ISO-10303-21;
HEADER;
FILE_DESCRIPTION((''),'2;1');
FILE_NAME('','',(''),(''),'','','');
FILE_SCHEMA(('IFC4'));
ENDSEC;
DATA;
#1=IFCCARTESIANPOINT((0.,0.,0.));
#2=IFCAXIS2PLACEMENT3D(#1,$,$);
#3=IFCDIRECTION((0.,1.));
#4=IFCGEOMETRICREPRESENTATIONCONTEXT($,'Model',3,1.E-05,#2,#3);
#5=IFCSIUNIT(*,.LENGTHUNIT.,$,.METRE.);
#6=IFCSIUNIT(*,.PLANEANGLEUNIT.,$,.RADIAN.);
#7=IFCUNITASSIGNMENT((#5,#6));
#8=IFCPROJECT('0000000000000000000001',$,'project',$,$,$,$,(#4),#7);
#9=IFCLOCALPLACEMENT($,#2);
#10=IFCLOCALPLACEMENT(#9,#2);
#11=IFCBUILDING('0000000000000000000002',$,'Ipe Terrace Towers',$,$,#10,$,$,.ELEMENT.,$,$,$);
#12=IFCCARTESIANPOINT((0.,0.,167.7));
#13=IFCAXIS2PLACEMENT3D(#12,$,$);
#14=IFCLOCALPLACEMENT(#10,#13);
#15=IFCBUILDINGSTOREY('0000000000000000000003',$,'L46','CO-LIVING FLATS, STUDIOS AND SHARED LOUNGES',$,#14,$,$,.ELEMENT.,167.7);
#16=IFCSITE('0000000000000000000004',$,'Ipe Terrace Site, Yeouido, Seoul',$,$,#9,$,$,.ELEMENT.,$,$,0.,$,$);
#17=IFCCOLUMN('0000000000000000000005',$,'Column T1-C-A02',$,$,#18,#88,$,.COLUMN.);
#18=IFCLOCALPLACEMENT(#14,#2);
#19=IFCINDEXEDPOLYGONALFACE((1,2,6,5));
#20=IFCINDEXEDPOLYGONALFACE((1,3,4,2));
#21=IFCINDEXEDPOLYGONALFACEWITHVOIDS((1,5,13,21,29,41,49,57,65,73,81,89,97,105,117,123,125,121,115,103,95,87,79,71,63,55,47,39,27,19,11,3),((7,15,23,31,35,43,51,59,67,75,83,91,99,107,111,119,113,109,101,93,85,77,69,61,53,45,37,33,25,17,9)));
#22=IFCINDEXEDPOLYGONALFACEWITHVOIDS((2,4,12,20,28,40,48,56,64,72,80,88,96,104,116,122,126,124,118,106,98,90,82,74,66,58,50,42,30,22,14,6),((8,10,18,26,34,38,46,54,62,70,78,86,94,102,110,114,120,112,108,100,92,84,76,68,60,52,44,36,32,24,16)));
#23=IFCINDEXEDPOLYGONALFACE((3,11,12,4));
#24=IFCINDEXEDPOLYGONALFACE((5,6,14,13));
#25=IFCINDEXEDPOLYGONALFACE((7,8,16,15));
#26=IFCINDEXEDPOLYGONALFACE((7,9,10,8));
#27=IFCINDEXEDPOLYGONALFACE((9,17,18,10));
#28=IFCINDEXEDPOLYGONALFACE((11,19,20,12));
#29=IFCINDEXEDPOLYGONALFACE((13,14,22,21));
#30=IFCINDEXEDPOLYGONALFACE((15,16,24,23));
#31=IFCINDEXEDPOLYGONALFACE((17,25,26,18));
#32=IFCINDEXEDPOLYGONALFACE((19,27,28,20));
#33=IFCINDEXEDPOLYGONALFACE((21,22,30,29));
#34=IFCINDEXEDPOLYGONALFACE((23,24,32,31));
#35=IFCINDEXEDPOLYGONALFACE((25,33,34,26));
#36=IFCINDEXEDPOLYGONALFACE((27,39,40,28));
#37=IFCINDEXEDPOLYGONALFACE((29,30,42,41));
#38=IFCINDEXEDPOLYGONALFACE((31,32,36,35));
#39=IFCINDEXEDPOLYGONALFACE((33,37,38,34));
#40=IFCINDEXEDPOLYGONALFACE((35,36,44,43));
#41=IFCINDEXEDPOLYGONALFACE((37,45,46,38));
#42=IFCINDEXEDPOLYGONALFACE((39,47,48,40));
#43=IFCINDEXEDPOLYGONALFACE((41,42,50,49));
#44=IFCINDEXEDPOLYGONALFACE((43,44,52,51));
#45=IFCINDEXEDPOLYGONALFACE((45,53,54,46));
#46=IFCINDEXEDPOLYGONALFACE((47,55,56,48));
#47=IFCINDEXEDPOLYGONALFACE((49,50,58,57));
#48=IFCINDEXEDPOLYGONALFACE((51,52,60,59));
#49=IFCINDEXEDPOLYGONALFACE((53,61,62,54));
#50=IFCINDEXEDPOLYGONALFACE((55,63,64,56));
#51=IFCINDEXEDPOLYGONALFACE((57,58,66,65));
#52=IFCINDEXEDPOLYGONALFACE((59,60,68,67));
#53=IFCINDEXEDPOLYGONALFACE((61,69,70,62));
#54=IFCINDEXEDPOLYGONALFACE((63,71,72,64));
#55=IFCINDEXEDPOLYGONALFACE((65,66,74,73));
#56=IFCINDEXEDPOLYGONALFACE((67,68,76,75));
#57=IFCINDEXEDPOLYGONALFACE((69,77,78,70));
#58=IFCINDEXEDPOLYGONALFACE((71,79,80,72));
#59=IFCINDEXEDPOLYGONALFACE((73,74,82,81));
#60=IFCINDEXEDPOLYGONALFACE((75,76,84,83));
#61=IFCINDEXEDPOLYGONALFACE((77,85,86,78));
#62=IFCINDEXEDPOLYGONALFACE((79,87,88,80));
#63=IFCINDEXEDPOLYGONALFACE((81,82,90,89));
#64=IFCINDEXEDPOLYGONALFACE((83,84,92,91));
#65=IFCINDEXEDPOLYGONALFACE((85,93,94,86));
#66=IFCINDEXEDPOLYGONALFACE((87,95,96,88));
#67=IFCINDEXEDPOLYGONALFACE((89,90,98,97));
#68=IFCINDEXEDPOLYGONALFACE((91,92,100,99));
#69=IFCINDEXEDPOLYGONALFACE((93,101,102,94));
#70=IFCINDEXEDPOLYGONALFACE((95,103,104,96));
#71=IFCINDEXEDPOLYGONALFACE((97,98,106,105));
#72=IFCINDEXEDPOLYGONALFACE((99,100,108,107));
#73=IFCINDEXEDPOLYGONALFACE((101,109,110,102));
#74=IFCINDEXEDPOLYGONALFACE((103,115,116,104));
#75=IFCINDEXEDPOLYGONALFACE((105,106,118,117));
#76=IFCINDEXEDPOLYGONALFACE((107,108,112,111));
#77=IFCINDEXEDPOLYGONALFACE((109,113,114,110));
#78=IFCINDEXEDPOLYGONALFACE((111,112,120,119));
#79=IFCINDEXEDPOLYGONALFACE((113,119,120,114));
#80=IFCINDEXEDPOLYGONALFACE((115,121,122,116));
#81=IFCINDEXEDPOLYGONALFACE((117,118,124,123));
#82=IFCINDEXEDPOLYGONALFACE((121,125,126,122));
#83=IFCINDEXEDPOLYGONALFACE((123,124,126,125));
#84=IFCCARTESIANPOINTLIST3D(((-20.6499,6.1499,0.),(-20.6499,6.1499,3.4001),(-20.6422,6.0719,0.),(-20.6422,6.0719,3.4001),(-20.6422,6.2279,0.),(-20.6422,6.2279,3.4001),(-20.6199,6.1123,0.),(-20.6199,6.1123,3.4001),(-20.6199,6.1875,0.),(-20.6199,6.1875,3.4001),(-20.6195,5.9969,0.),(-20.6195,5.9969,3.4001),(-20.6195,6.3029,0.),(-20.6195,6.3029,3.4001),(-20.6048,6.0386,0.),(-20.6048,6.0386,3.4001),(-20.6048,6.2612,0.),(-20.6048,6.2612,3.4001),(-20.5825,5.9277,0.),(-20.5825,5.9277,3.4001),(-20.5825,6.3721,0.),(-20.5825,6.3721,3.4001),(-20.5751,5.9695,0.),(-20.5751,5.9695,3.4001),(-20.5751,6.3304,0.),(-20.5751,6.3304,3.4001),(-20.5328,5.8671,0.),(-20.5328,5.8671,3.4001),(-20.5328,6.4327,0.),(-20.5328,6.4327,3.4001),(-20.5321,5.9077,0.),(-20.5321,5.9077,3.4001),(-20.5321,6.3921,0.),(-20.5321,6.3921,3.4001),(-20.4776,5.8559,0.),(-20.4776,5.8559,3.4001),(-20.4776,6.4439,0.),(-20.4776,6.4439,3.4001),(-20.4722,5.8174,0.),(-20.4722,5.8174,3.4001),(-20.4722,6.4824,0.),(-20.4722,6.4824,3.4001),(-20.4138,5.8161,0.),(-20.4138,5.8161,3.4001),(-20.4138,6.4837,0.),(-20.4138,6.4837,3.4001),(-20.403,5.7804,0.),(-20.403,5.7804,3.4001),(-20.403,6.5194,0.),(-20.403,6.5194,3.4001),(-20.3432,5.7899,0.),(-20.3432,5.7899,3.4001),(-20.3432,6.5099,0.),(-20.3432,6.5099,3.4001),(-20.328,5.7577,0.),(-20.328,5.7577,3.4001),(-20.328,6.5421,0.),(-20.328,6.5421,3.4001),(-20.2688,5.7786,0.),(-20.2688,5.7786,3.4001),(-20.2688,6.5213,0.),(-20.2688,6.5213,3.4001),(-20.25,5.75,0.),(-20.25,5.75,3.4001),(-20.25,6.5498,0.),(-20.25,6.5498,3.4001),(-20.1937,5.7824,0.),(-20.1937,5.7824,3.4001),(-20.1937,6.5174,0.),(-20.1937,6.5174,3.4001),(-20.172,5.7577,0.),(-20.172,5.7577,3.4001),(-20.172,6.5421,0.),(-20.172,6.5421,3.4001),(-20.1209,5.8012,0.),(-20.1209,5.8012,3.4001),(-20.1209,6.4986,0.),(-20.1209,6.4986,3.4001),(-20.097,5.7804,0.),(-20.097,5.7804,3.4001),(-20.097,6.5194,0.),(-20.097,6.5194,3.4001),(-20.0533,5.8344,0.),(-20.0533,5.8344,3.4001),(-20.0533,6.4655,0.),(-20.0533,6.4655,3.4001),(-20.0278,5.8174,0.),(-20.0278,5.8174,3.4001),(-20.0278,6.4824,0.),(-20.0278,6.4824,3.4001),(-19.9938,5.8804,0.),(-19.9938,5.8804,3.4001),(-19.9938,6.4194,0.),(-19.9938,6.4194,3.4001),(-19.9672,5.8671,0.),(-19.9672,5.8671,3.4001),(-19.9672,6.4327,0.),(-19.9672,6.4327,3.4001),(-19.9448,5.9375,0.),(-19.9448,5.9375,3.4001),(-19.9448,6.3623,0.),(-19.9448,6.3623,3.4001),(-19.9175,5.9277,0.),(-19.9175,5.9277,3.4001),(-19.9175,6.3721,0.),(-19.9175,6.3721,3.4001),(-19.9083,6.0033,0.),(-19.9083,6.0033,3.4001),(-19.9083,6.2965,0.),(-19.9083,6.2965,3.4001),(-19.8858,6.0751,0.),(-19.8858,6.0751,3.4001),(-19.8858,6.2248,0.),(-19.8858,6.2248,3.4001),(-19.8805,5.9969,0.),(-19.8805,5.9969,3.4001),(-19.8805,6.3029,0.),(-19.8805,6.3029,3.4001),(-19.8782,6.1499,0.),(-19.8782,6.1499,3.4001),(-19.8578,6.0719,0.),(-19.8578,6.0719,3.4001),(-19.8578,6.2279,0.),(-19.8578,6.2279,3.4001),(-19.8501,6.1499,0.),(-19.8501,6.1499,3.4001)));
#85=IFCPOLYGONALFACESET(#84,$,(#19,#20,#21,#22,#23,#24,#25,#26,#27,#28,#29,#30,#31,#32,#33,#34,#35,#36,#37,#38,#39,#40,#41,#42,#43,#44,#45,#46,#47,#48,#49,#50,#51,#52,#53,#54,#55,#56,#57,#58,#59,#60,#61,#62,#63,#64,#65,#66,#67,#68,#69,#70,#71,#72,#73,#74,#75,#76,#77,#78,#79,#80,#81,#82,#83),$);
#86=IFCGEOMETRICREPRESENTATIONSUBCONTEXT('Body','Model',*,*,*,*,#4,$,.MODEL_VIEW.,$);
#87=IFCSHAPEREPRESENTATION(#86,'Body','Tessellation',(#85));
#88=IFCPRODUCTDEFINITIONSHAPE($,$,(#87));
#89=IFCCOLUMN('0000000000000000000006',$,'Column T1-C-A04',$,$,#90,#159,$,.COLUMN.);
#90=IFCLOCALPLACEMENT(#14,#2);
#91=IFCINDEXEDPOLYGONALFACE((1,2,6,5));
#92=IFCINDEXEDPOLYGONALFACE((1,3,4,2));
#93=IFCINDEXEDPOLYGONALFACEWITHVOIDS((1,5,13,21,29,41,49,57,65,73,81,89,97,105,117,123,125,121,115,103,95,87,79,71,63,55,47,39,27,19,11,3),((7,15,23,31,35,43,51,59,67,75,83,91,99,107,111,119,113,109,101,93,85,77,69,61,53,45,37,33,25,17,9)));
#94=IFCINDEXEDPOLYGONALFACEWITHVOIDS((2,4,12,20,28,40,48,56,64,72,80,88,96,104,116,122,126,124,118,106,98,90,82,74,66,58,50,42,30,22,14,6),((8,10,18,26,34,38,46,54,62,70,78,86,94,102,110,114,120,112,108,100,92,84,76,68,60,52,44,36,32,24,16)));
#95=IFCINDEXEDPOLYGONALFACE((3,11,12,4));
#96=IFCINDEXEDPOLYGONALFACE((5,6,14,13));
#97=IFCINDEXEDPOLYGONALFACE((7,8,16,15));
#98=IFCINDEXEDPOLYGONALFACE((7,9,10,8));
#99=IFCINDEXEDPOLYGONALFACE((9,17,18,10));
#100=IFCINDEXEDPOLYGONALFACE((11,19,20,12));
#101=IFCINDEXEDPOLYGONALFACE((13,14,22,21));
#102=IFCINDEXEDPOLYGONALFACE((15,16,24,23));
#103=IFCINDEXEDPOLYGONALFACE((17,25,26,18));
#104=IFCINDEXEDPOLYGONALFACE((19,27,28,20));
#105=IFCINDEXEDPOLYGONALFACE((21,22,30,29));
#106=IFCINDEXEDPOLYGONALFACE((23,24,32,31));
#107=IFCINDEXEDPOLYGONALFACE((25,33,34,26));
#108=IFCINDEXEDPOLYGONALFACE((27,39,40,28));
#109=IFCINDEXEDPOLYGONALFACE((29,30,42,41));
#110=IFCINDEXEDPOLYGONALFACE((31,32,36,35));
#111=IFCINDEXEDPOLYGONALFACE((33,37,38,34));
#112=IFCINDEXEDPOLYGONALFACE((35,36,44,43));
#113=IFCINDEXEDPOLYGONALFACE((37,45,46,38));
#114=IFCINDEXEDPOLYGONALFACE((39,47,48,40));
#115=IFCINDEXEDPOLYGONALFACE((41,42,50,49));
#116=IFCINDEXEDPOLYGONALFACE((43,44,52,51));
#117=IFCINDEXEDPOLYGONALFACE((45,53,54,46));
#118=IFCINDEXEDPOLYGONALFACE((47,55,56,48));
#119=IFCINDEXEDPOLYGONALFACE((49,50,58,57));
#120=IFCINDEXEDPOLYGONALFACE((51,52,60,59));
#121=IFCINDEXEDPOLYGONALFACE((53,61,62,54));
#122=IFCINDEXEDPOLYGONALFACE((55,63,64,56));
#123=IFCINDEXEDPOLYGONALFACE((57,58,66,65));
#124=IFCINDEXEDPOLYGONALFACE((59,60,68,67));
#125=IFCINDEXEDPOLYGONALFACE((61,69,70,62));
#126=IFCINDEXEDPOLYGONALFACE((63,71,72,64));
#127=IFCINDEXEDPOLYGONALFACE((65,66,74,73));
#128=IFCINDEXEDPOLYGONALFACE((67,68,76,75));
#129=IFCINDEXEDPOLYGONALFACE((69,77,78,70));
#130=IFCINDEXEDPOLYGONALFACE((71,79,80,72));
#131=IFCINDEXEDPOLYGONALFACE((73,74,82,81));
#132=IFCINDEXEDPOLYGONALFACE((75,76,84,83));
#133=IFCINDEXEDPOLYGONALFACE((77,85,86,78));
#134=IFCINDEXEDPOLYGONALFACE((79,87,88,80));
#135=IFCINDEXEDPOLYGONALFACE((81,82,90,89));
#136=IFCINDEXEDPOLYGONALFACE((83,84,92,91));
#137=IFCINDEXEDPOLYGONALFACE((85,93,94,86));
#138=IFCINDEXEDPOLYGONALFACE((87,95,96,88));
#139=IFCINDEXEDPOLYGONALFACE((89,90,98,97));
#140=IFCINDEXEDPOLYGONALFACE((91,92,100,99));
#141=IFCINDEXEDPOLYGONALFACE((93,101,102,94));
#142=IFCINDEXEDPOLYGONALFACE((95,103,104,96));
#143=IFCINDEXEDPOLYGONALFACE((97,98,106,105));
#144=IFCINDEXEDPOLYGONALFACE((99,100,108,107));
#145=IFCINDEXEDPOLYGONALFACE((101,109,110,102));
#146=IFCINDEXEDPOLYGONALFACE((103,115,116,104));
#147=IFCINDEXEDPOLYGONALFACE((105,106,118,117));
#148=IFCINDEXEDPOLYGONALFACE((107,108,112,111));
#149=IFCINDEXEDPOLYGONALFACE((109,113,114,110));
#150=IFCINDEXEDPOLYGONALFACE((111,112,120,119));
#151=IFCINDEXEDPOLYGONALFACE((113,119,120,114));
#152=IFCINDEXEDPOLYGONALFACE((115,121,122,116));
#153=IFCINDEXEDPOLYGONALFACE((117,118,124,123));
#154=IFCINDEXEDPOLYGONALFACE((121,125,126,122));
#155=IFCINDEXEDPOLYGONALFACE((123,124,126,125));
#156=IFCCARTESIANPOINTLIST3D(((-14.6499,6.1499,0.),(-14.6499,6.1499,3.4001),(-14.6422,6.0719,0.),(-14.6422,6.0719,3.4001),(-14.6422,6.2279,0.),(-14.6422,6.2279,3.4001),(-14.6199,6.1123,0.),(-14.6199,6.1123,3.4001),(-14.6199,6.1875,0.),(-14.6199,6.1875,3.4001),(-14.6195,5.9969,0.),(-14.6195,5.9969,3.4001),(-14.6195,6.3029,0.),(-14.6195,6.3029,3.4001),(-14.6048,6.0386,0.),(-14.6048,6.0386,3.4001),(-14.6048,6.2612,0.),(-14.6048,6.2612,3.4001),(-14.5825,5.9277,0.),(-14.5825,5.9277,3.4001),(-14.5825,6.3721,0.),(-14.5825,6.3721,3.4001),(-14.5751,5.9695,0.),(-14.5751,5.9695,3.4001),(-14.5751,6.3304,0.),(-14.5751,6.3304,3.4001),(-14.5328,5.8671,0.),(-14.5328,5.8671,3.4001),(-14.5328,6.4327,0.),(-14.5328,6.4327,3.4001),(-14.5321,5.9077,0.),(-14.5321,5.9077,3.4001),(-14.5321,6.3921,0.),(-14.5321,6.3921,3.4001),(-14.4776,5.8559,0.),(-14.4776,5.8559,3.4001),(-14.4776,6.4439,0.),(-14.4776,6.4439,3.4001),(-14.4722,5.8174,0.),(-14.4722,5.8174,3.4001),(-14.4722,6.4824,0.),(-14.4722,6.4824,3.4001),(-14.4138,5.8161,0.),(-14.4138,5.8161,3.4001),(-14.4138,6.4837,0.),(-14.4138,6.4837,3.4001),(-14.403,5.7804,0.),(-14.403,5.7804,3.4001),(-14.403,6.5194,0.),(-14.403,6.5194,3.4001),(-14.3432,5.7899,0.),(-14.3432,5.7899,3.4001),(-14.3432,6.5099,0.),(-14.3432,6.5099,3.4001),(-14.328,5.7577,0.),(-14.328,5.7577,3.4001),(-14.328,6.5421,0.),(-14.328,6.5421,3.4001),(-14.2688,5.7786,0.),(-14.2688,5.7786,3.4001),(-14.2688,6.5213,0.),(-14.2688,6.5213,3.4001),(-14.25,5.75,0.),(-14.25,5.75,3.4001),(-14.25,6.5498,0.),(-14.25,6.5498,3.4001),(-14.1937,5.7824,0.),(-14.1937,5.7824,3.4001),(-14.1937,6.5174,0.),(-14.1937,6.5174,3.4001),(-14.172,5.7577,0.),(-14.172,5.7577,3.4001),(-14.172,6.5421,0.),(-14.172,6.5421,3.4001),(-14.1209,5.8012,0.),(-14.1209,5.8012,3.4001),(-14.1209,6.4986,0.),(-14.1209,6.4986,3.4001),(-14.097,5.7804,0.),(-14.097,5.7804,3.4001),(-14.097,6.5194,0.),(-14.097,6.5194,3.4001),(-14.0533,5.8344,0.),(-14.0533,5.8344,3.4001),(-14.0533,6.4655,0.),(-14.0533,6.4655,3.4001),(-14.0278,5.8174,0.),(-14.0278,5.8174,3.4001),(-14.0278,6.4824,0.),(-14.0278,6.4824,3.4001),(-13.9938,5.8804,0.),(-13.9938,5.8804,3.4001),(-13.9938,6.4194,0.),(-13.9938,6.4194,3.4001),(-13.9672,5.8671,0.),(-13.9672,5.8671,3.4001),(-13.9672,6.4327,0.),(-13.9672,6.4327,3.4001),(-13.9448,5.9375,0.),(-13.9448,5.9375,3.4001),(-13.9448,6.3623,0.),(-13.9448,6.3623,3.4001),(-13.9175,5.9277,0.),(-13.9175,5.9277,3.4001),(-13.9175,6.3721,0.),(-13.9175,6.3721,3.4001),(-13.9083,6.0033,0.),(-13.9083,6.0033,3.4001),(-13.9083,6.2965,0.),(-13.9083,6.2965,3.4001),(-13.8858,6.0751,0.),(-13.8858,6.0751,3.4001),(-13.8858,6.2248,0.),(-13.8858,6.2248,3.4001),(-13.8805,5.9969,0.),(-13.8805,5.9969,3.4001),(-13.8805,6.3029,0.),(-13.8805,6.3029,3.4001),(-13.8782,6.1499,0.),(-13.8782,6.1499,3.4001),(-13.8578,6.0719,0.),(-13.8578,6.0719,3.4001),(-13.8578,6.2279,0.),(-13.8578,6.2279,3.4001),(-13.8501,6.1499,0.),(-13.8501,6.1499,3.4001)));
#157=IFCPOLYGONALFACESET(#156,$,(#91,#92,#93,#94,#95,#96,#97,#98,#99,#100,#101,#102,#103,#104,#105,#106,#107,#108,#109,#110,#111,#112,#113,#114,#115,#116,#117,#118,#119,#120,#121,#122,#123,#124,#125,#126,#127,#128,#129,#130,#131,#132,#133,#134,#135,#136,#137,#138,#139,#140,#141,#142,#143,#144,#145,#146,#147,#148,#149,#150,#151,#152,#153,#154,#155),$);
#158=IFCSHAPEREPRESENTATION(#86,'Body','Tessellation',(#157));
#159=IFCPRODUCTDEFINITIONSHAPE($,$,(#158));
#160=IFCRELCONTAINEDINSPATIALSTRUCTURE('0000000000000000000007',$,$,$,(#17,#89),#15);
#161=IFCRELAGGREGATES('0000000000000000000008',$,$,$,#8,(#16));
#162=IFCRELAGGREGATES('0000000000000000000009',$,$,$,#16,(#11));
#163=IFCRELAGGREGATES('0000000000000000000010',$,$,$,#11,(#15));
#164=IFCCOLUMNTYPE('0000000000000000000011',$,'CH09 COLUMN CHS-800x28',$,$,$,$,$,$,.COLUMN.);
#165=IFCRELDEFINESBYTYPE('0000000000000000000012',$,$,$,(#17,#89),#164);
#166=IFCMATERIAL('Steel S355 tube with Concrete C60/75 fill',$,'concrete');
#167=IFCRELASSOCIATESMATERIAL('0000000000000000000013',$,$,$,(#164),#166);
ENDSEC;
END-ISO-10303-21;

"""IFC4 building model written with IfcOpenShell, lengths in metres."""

from ifc_helpers import new_model, si_unit, direction, frame, origin, origin_2d, place, context, subcontext, project, spatial, hollow_circle, extrude, material, material_profile, profile_set, type_object, element, save


model = new_model("IFC4")

# Units and contexts
model_context = context("Model", 3, precision=1e-05, world=origin(), true_north=direction((0.0, 1.0)))
body_context = subcontext(model_context, "Body", "Model", "MODEL_VIEW")
ifc_project = project(units=[si_unit("LENGTHUNIT", "METRE"), si_unit("PLANEANGLEUNIT", "RADIAN")], contexts=[model_context])

# Site, building, storey
site_placement = place(None, origin())
site = spatial("IfcSite", under=ifc_project, at=site_placement, Name="Ipe Terrace Site, Yeouido, Seoul", CompositionType="ELEMENT", RefElevation=0.0)
building_placement = place(site_placement, origin())
building = spatial("IfcBuilding", under=site, at=building_placement, Name="Ipe Terrace Towers", CompositionType="ELEMENT")
storey_placement = place(building_placement, frame((0.0, 0.0, 167.7)))
storey = spatial("IfcBuildingStorey", under=building, at=storey_placement, Name="L46", Description="CO-LIVING FLATS, STUDIOS AND SHARED LOUNGES", CompositionType="ELEMENT", Elevation=167.7)

# Columns
ifc_material_1 = material(Name="Steel S355 tube with Concrete C60/75 fill", Category="concrete")
ifc_material_profile_1 = material_profile(ifc_material_1, hollow_circle(Radius=0.3999, WallThickness=0.0281, at=origin_2d()), Name="CHS-800x28")
ifc_profile_set_1 = profile_set([ifc_material_profile_1], Name="Steel S355 tube with Concrete C60/75 fill")
column_type = type_object("IfcColumnType", Name="CH09 COLUMN CHS-800x28", PredefinedType="COLUMN", material=ifc_profile_set_1)
for number, where, z_axis, x_axis, name in (
    (1, (-20.25, 6.1499, 0.0), (0.0, 0.0, 1.0), (1.0, 0.0, 0.0), "Column T1-C-A02"),
    (2, (-14.25, 6.1499, 0.0), (0.0, 0.0, 1.0), (1.0, 0.0, 0.0), "Column T1-C-A04"),
):
    element("IfcColumn", number, at=place(storey_placement, frame(where, z_axis=z_axis, x_axis=x_axis)), inside=storey, type_object=column_type, Name=name, PredefinedType="COLUMN", context=body_context, shape_type="SweptSolid", body=[
        extrude(hollow_circle(Radius=0.3999, WallThickness=0.0281, at=origin_2d()), origin(), (0.0, 0.0, 1.0), 3.4001),
    ])

save(model, "model.ifc")
